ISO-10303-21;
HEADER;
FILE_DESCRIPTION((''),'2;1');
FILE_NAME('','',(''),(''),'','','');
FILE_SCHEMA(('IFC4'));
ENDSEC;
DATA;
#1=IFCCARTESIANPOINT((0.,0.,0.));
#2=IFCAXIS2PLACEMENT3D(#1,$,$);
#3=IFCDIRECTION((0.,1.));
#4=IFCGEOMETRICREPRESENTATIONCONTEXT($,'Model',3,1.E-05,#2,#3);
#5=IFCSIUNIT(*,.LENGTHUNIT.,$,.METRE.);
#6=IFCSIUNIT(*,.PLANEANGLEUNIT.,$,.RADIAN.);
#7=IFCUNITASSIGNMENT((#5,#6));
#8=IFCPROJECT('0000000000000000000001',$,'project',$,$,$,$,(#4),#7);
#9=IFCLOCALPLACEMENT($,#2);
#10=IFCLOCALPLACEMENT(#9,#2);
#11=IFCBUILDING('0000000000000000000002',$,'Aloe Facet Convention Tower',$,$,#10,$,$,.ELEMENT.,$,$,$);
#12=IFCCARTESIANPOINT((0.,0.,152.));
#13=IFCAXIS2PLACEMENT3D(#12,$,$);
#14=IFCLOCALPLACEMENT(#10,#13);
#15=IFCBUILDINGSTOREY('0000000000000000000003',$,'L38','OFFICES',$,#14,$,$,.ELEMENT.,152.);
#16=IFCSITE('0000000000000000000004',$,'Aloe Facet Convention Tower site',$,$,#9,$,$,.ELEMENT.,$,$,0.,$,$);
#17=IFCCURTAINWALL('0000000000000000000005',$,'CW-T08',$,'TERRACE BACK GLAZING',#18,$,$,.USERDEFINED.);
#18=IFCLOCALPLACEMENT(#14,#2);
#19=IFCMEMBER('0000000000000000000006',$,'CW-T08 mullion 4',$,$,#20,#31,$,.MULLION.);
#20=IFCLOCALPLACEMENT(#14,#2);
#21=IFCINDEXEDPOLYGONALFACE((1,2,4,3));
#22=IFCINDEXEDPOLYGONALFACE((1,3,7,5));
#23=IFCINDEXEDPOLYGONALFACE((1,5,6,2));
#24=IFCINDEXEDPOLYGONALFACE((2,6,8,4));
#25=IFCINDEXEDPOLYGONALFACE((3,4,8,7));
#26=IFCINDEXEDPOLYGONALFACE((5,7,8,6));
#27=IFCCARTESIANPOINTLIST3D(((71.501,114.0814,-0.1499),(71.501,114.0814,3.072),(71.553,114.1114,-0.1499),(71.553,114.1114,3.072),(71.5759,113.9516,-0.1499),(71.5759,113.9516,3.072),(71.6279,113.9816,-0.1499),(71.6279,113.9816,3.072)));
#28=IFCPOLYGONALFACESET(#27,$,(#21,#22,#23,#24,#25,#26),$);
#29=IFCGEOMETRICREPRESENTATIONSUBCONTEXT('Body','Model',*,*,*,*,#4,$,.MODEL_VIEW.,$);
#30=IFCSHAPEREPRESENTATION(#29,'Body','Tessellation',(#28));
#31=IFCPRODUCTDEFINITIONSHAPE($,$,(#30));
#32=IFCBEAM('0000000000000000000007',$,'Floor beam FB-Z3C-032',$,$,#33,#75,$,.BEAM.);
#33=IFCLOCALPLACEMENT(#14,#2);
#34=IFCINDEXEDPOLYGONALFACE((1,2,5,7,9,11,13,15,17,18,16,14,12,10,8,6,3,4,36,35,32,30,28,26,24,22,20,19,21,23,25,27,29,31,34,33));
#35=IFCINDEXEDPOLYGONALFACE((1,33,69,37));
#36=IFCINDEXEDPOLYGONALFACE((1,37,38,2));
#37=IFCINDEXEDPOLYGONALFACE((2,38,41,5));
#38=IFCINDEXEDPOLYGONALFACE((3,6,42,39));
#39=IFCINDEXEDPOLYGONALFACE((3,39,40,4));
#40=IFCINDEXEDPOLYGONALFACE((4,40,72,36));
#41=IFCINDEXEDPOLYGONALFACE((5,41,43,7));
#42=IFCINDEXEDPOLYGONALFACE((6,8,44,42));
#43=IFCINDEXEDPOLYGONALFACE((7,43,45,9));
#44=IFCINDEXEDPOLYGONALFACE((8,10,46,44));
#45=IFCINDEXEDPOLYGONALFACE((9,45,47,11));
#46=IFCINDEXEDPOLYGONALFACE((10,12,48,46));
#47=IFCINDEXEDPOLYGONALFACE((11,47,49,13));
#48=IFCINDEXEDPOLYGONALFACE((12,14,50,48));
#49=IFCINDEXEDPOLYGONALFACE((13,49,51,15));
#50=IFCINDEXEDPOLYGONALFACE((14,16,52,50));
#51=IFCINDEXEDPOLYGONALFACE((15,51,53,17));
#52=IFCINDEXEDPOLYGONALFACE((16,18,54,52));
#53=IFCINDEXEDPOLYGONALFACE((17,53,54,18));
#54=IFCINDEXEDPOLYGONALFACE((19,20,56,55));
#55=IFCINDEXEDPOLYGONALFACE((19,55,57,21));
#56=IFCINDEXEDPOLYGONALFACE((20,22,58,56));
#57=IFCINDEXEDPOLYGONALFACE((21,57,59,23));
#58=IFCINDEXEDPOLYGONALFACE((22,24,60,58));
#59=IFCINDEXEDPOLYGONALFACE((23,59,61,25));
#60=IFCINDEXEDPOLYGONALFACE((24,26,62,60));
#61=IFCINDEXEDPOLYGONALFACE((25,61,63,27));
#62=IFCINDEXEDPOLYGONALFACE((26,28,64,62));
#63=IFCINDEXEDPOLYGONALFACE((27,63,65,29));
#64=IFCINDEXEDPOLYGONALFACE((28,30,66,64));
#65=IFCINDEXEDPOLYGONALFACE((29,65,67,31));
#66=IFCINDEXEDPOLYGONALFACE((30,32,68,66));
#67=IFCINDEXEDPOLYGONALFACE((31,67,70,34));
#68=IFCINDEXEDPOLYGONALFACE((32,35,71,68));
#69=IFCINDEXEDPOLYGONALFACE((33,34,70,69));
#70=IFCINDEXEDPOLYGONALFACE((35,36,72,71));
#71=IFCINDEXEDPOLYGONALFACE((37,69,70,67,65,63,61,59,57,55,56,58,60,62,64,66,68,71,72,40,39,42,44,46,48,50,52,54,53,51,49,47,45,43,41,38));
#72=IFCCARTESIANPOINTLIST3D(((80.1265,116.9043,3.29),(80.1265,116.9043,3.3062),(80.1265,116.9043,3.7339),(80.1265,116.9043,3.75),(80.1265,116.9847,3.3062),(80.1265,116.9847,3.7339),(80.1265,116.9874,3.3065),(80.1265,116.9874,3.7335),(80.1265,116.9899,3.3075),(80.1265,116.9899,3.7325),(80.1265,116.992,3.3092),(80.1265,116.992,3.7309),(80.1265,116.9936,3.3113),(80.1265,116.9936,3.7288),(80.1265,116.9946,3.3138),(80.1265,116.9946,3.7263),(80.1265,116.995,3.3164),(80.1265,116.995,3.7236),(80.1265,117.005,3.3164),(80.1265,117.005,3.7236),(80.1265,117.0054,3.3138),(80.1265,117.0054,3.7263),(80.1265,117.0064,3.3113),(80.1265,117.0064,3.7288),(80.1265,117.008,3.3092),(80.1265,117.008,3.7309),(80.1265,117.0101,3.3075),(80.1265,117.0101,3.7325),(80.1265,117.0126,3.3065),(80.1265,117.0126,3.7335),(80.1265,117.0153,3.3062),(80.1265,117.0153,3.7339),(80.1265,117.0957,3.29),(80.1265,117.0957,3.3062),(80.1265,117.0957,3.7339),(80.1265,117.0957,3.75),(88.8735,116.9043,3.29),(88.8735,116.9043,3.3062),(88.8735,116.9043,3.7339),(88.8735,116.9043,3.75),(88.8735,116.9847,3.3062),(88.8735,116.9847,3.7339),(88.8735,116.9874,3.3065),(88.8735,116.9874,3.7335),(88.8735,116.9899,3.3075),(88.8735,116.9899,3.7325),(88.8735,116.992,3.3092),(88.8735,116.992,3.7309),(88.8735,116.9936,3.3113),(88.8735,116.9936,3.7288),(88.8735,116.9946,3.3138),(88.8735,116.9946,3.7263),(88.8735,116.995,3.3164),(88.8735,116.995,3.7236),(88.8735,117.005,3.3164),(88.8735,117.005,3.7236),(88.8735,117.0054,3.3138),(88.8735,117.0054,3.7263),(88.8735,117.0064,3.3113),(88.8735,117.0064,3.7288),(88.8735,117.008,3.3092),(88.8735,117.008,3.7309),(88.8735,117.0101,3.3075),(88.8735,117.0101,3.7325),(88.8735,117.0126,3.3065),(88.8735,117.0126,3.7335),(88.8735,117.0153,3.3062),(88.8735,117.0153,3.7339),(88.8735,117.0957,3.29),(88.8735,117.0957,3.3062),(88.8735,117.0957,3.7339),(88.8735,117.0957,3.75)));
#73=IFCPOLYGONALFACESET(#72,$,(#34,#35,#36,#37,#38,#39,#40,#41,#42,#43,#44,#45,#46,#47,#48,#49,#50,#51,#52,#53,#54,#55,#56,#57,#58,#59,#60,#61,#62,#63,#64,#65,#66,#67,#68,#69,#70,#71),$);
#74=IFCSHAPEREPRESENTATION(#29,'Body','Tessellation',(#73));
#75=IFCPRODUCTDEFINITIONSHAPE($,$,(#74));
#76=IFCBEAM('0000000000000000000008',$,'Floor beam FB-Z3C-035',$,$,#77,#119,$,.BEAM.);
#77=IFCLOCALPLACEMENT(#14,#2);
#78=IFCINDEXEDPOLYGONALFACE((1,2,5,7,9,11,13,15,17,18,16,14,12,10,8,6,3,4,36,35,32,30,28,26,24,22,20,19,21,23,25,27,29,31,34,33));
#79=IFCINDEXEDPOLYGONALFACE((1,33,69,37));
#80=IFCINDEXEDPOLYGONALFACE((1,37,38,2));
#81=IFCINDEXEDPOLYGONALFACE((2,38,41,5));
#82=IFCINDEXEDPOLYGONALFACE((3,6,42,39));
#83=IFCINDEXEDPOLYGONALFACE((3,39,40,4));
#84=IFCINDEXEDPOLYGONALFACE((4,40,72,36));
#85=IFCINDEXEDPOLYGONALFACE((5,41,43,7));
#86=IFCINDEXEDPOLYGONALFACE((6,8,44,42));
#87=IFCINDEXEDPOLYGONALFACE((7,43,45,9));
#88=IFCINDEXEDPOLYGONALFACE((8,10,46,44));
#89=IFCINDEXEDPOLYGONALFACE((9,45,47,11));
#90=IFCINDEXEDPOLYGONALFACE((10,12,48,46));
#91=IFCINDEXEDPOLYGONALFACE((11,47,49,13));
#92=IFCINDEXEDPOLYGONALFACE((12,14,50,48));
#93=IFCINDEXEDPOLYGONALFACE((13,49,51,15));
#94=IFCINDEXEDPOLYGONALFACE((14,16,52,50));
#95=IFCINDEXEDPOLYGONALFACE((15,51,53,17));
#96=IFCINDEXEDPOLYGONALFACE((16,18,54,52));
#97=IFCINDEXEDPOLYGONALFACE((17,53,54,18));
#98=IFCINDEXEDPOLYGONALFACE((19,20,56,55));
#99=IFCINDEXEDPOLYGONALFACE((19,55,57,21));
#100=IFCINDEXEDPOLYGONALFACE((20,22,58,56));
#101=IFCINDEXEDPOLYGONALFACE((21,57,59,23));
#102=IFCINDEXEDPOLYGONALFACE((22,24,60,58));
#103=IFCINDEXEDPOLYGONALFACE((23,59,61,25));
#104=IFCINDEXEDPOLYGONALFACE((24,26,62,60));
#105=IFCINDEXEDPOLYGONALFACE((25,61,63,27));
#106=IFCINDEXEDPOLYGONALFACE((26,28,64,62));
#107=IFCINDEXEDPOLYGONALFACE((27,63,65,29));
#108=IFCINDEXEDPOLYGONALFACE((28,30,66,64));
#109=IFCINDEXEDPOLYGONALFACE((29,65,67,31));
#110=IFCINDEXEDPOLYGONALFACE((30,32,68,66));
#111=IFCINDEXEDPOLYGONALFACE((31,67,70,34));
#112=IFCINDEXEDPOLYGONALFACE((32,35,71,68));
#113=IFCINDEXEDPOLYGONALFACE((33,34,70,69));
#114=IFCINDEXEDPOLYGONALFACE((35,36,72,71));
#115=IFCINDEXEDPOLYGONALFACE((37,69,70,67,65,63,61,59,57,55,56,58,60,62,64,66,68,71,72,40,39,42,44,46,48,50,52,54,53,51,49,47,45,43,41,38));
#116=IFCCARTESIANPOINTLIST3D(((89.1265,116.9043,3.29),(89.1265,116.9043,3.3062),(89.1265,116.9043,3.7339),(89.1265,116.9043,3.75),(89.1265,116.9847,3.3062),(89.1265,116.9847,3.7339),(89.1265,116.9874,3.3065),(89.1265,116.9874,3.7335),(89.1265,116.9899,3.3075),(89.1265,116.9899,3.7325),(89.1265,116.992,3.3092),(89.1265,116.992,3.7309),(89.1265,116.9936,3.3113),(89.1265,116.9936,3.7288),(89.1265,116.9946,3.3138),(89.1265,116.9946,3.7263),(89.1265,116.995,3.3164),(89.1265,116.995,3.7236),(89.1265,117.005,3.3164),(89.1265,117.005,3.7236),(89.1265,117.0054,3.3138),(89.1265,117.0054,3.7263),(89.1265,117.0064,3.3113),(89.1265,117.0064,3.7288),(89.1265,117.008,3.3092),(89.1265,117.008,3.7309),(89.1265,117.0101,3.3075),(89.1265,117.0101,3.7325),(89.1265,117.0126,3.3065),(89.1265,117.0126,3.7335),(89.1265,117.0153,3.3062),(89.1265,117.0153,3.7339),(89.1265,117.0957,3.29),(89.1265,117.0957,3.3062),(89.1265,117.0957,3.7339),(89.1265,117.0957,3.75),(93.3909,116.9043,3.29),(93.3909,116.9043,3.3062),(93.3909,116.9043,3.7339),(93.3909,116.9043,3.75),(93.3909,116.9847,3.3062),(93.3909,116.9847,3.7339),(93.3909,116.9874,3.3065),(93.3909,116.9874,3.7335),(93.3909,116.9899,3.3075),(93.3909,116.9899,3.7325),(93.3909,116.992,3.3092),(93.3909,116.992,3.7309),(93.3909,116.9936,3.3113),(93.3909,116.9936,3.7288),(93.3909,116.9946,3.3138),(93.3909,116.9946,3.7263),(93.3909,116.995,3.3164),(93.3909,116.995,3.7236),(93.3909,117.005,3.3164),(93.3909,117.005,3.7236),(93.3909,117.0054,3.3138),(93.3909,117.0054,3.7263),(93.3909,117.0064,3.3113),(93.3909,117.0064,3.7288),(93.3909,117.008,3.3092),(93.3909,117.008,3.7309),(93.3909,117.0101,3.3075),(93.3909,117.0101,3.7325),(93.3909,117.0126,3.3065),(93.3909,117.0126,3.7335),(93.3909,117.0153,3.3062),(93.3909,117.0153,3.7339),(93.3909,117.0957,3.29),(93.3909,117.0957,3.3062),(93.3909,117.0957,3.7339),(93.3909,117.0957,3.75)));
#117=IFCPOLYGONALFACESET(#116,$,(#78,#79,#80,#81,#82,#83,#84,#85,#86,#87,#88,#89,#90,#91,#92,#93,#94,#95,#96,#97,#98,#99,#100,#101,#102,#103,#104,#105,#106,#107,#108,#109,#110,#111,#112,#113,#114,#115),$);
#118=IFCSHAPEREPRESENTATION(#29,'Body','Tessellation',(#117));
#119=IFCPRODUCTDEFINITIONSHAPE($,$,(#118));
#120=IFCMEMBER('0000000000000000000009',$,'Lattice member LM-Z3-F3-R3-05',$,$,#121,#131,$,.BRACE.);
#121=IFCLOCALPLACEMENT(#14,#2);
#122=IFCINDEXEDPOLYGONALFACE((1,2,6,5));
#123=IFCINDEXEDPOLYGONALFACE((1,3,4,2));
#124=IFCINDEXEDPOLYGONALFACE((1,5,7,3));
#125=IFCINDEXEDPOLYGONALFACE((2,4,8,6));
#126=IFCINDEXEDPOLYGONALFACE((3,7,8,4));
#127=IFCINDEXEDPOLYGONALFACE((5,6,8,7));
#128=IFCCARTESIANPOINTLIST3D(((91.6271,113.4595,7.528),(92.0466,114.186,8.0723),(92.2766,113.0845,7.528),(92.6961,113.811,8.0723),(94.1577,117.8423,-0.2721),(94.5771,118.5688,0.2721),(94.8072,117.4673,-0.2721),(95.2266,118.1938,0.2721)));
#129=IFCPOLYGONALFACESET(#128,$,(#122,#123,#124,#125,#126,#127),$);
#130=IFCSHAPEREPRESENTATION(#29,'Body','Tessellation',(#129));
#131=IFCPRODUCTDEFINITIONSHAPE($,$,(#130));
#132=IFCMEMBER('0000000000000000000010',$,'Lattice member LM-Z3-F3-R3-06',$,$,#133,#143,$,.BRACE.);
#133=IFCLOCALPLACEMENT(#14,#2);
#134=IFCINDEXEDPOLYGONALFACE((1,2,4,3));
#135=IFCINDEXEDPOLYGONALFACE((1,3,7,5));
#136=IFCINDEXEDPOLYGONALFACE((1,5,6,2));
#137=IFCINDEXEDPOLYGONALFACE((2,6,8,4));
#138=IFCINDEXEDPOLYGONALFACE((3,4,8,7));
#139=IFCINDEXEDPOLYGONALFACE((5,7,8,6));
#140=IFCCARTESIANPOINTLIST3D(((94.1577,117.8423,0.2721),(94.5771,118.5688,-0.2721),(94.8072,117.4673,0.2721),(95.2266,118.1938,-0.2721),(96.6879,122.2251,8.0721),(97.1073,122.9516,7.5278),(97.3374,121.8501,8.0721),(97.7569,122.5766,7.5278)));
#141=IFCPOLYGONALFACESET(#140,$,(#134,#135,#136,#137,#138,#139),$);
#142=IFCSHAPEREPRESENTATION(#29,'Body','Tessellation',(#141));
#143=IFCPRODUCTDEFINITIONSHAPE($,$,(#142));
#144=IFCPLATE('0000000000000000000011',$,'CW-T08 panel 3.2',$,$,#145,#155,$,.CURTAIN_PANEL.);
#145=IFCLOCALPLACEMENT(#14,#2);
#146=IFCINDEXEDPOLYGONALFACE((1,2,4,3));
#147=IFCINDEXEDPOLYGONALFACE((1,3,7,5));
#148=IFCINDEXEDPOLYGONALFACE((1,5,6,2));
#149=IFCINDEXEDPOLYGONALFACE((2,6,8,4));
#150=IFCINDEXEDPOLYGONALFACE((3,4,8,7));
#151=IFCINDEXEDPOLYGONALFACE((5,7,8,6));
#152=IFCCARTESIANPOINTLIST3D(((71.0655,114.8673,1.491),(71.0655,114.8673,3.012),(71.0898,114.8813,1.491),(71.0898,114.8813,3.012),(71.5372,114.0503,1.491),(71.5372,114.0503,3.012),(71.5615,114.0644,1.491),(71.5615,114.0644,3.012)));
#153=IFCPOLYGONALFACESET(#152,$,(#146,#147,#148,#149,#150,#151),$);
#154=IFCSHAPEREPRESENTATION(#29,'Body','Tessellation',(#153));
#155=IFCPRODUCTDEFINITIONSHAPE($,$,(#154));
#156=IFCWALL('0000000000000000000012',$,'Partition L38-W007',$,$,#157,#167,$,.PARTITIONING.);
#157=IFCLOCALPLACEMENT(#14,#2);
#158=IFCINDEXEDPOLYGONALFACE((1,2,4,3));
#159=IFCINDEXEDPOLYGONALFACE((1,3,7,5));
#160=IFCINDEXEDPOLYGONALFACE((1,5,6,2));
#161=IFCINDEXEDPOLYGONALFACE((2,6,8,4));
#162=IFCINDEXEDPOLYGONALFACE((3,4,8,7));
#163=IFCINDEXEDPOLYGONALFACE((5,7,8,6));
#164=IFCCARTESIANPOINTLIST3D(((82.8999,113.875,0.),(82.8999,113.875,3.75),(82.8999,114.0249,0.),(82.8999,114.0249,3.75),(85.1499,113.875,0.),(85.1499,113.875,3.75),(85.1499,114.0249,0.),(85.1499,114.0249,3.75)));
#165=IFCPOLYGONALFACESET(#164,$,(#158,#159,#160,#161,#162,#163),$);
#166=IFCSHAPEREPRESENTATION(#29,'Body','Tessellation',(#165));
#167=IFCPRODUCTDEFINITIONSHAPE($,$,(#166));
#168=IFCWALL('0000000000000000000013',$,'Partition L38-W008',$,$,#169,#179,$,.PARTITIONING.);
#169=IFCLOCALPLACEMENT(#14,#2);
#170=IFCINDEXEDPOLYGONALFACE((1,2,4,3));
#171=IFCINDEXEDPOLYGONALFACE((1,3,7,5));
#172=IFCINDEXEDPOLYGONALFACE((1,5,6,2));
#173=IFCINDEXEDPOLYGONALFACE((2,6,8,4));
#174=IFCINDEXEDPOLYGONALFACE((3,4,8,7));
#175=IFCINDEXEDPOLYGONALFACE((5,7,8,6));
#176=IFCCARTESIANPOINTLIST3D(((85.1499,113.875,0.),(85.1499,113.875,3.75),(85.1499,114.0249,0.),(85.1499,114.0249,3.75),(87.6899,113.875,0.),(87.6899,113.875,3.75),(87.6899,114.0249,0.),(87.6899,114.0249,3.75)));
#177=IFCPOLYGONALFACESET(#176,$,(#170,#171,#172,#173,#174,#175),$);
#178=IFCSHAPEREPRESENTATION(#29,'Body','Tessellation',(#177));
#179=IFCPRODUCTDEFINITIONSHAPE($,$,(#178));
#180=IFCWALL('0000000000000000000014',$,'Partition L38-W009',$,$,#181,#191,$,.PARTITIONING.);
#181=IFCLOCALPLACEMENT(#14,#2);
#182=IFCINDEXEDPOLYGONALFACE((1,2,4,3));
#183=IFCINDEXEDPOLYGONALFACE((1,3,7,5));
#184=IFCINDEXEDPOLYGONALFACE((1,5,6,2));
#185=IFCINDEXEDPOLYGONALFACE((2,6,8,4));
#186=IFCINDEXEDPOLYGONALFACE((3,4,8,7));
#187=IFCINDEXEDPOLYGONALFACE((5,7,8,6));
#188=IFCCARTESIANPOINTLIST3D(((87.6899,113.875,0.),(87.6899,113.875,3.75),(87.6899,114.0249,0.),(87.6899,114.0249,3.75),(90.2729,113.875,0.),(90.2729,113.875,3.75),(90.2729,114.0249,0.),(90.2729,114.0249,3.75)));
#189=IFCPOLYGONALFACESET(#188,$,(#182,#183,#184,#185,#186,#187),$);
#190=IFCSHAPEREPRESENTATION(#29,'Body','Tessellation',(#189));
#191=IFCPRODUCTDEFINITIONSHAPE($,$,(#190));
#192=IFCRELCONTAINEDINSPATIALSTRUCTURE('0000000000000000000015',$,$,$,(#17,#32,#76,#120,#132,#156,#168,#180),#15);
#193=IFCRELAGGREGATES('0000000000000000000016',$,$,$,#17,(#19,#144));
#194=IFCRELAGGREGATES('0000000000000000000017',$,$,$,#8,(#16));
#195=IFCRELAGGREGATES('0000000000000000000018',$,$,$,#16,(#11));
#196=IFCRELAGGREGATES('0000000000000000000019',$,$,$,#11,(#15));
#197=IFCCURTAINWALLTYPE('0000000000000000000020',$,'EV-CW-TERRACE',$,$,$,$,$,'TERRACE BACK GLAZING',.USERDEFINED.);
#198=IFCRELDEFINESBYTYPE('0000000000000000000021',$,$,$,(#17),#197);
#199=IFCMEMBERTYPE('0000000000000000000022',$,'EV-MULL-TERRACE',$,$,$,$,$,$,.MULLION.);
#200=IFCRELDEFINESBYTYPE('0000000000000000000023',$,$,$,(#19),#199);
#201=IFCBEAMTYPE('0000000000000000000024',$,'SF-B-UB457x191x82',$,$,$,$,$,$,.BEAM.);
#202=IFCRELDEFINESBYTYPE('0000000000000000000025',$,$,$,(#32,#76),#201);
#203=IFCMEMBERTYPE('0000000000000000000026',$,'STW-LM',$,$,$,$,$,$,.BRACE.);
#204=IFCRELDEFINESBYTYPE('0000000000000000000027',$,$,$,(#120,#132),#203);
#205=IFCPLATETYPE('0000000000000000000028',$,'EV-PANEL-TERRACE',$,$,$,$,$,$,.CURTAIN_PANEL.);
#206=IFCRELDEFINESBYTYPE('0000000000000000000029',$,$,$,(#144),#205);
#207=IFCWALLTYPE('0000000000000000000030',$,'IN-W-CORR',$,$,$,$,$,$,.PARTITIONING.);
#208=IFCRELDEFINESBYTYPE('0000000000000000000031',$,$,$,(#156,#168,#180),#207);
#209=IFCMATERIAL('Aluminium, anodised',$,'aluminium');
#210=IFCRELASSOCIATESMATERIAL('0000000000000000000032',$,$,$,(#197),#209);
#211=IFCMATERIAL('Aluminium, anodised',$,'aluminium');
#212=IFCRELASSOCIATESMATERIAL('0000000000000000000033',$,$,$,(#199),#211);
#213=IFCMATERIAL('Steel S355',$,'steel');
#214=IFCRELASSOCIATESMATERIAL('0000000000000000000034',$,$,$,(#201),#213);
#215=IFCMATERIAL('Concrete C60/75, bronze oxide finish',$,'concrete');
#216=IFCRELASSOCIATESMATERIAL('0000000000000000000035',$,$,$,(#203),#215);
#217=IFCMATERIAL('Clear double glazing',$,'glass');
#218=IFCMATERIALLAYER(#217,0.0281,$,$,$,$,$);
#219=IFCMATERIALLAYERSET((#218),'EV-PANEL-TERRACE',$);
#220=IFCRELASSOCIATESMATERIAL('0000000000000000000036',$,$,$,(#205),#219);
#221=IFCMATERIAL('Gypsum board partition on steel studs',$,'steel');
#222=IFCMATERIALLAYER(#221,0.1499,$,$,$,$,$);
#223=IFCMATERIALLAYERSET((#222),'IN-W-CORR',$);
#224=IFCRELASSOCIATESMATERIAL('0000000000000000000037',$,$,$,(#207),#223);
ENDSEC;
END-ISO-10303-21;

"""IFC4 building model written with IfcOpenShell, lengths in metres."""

from ifc_helpers import new_model, si_unit, direction, frame, frame_2d, origin, origin_2d, place, context, subcontext, project, spatial, rectangle, i_section, extrude, material, layer, layer_set, material_profile, profile_set, type_object, element, aggregate, save


model = new_model("IFC4")

# Units and contexts
model_context = context("Model", 3, precision=1e-05, world=origin(), true_north=direction((0.0, 1.0)))
body_context = subcontext(model_context, "Body", "Model", "MODEL_VIEW")
ifc_project = project(units=[si_unit("LENGTHUNIT", "METRE"), si_unit("PLANEANGLEUNIT", "RADIAN")], contexts=[model_context])

# Site, building, storey
site_placement = place(None, origin())
site = spatial("IfcSite", under=ifc_project, at=site_placement, Name="Aloe Facet Convention Tower site", CompositionType="ELEMENT", RefElevation=0.0)
building_placement = place(site_placement, origin())
building = spatial("IfcBuilding", under=site, at=building_placement, Name="Aloe Facet Convention Tower", CompositionType="ELEMENT")
storey_placement = place(building_placement, frame((0.0, 0.0, 152.0)))
storey = spatial("IfcBuildingStorey", under=building, at=storey_placement, Name="L38", Description="OFFICES", CompositionType="ELEMENT", Elevation=152.0)

# Curtain wall, member
ifc_material_1 = material(Name="Aluminium, anodised", Category="aluminium")
curtain_wall_type = type_object("IfcCurtainWallType", Name="EV-CW-TERRACE", ElementType="TERRACE BACK GLAZING", PredefinedType="USERDEFINED", material=ifc_material_1)
curtain_wall_placement = place(storey_placement, origin())
curtain_wall = element("IfcCurtainWall", 1, at=curtain_wall_placement, inside=storey, type_object=curtain_wall_type, Name="CW-T08", ObjectType="TERRACE BACK GLAZING", PredefinedType="USERDEFINED")
ifc_material_2 = material(Name="Aluminium, anodised", Category="aluminium")
ifc_material_profile_1 = material_profile(ifc_material_2, rectangle(XDim=0.0601, YDim=0.1499, at=origin_2d()), Name="AL 60x150")
ifc_profile_set_1 = profile_set([ifc_material_profile_1], Name="Aluminium, anodised")
member_type_1 = type_object("IfcMemberType", Name="EV-MULL-TERRACE", PredefinedType="MULLION", material=ifc_profile_set_1)
member_1_placement = place(storey_placement, frame((71.5645, 114.0315, -0.1499), z_axis=(0.0, 0.0, 1.0), x_axis=(0.866025, 0.5, 0.0)))
member_1 = element("IfcMember", 2, at=member_1_placement, type_object=member_type_1, Name="CW-T08 mullion 4", PredefinedType="MULLION", context=body_context, shape_type="SweptSolid", body=[
    extrude(rectangle(XDim=0.0601, YDim=0.1499, at=origin_2d()), origin(), (0.0, 0.0, 1.0), 3.2219),
])

# Beams
ifc_material_3 = material(Name="Steel S355", Category="steel")
ifc_material_profile_2 = material_profile(ifc_material_3, i_section(OverallWidth=0.1914, OverallDepth=0.46, WebThickness=0.01, FlangeThickness=0.0161, FilletRadius=0.0103, at=origin_2d()), Name="UB 457x191x82")
ifc_profile_set_2 = profile_set([ifc_material_profile_2], Name="Steel S355")
beam_type = type_object("IfcBeamType", Name="SF-B-UB457x191x82", PredefinedType="BEAM", material=ifc_profile_set_2)
beam_1_placement = place(storey_placement, frame((80.1265, 117.0, 3.52), z_axis=(1.0, 0.0, 0.0), x_axis=(0.0, 1.0, 0.0)))
element("IfcBeam", 3, at=beam_1_placement, inside=storey, type_object=beam_type, Name="Floor beam FB-Z3C-032", PredefinedType="BEAM", context=body_context, shape_type="SweptSolid", body=[
    extrude(i_section(OverallWidth=0.1914, OverallDepth=0.46, WebThickness=0.01, FlangeThickness=0.0161, FilletRadius=0.0103, at=origin_2d()), origin(), (0.0, 0.0, 1.0), 8.7471),
])
beam_2_placement = place(storey_placement, frame((89.1265, 117.0, 3.52), z_axis=(1.0, 0.0, 0.0), x_axis=(0.0, 1.0, 0.0)))
element("IfcBeam", 4, at=beam_2_placement, inside=storey, type_object=beam_type, Name="Floor beam FB-Z3C-035", PredefinedType="BEAM", context=body_context, shape_type="SweptSolid", body=[
    extrude(i_section(OverallWidth=0.1914, OverallDepth=0.46, WebThickness=0.01, FlangeThickness=0.0161, FilletRadius=0.0103, at=origin_2d()), origin(), (0.0, 0.0, 1.0), 4.2644),
])

# Members
ifc_material_4 = material(Name="Concrete C60/75, bronze oxide finish", Category="concrete")
ifc_material_profile_3 = material_profile(ifc_material_4, rectangle(XDim=0.75, YDim=1.0, at=origin_2d()), Name="STW-LM")
ifc_profile_set_3 = profile_set([ifc_material_profile_3], Name="Concrete C60/75, bronze oxide finish")
member_type_2 = type_object("IfcMemberType", Name="STW-LM", PredefinedType="BRACE", material=ifc_profile_set_3)
member_2_placement = place(storey_placement, frame((94.6921, 118.0181, 0.0), z_axis=(-0.272156, -0.47137, 0.838893), x_axis=(0.866017, -0.500015, 0.0)))
element("IfcMember", 5, at=member_2_placement, inside=storey, type_object=member_type_2, Name="Lattice member LM-Z3-F3-R3-05", PredefinedType="BRACE", context=body_context, shape_type="SweptSolid", body=[
    extrude(rectangle(XDim=0.75, YDim=1.0, at=origin_2d()), origin(), (0.0, 0.0, 1.0), 9.2981),
])
member_3_placement = place(storey_placement, frame((94.6921, 118.0181, 0.0), z_axis=(0.272132, 0.471373, 0.838899), x_axis=(-0.866038, 0.499979, 0.0)))
element("IfcMember", 6, at=member_3_placement, inside=storey, type_object=member_type_2, Name="Lattice member LM-Z3-F3-R3-06", PredefinedType="BRACE", context=body_context, shape_type="SweptSolid", body=[
    extrude(rectangle(XDim=0.75, YDim=1.0, at=origin_2d()), origin(), (0.0, 0.0, 1.0), 9.2979),
])

# Plate
ifc_material_5 = material(Name="Clear double glazing", Category="glass")
ifc_layer_1 = layer(ifc_material_5, 0.0281)
ifc_layer_set_1 = layer_set([ifc_layer_1], Name="EV-PANEL-TERRACE")
plate_type = type_object("IfcPlateType", Name="EV-PANEL-TERRACE", PredefinedType="CURTAIN_PANEL", material=ifc_layer_set_1)
plate_placement = place(storey_placement, frame((71.3135, 114.4658, 1.491), z_axis=(0.0, 0.0, 1.0), x_axis=(0.5, -0.866025, 0.0)))
plate = element("IfcPlate", 7, at=plate_placement, type_object=plate_type, Name="CW-T08 panel 3.2", PredefinedType="CURTAIN_PANEL", context=body_context, shape_type="SweptSolid", body=[
    extrude(rectangle(XDim=0.9434, YDim=0.0281, at=origin_2d()), origin(), (0.0, 0.0, 1.0), 1.521),
])
aggregate(curtain_wall, [member_1, plate])

# Walls
ifc_material_6 = material(Name="Gypsum board partition on steel studs", Category="steel")
ifc_layer_2 = layer(ifc_material_6, 0.1499)
ifc_layer_set_2 = layer_set([ifc_layer_2], Name="IN-W-CORR")
wall_type_1 = type_object("IfcWallType", Name="IN-W-CORR", PredefinedType="PARTITIONING", material=ifc_layer_set_2)
wall_1_placement = place(storey_placement, frame((82.8999, 113.95, 0.0), z_axis=(0.0, 0.0, 1.0), x_axis=(1.0, 0.0, 0.0)))
element("IfcWall", 8, at=wall_1_placement, inside=storey, type_object=wall_type_1, Name="Partition L38-W007", PredefinedType="PARTITIONING", context=body_context, shape_type="SweptSolid", body=[
    extrude(rectangle(XDim=2.25, YDim=0.1499, at=frame_2d((1.125, 0.0))), origin(), (0.0, 0.0, 1.0), 3.75),
])
wall_2_placement = place(storey_placement, frame((85.1499, 113.95, 0.0), z_axis=(0.0, 0.0, 1.0), x_axis=(1.0, 0.0, 0.0)))
element("IfcWall", 9, at=wall_2_placement, inside=storey, type_object=wall_type_1, Name="Partition L38-W008", PredefinedType="PARTITIONING", context=body_context, shape_type="SweptSolid", body=[
    extrude(rectangle(XDim=2.54, YDim=0.1499, at=frame_2d((1.27, 0.0))), origin(), (0.0, 0.0, 1.0), 3.75),
])
wall_3_placement = place(storey_placement, frame((87.6899, 113.95, 0.0), z_axis=(0.0, 0.0, 1.0), x_axis=(1.0, 0.0, 0.0)))
element("IfcWall", 10, at=wall_3_placement, inside=storey, type_object=wall_type_1, Name="Partition L38-W009", PredefinedType="PARTITIONING", context=body_context, shape_type="SweptSolid", body=[
    extrude(rectangle(XDim=2.583, YDim=0.1499, at=frame_2d((1.2915, 0.0))), origin(), (0.0, 0.0, 1.0), 3.75),
])

save(model, "model.ifc")
